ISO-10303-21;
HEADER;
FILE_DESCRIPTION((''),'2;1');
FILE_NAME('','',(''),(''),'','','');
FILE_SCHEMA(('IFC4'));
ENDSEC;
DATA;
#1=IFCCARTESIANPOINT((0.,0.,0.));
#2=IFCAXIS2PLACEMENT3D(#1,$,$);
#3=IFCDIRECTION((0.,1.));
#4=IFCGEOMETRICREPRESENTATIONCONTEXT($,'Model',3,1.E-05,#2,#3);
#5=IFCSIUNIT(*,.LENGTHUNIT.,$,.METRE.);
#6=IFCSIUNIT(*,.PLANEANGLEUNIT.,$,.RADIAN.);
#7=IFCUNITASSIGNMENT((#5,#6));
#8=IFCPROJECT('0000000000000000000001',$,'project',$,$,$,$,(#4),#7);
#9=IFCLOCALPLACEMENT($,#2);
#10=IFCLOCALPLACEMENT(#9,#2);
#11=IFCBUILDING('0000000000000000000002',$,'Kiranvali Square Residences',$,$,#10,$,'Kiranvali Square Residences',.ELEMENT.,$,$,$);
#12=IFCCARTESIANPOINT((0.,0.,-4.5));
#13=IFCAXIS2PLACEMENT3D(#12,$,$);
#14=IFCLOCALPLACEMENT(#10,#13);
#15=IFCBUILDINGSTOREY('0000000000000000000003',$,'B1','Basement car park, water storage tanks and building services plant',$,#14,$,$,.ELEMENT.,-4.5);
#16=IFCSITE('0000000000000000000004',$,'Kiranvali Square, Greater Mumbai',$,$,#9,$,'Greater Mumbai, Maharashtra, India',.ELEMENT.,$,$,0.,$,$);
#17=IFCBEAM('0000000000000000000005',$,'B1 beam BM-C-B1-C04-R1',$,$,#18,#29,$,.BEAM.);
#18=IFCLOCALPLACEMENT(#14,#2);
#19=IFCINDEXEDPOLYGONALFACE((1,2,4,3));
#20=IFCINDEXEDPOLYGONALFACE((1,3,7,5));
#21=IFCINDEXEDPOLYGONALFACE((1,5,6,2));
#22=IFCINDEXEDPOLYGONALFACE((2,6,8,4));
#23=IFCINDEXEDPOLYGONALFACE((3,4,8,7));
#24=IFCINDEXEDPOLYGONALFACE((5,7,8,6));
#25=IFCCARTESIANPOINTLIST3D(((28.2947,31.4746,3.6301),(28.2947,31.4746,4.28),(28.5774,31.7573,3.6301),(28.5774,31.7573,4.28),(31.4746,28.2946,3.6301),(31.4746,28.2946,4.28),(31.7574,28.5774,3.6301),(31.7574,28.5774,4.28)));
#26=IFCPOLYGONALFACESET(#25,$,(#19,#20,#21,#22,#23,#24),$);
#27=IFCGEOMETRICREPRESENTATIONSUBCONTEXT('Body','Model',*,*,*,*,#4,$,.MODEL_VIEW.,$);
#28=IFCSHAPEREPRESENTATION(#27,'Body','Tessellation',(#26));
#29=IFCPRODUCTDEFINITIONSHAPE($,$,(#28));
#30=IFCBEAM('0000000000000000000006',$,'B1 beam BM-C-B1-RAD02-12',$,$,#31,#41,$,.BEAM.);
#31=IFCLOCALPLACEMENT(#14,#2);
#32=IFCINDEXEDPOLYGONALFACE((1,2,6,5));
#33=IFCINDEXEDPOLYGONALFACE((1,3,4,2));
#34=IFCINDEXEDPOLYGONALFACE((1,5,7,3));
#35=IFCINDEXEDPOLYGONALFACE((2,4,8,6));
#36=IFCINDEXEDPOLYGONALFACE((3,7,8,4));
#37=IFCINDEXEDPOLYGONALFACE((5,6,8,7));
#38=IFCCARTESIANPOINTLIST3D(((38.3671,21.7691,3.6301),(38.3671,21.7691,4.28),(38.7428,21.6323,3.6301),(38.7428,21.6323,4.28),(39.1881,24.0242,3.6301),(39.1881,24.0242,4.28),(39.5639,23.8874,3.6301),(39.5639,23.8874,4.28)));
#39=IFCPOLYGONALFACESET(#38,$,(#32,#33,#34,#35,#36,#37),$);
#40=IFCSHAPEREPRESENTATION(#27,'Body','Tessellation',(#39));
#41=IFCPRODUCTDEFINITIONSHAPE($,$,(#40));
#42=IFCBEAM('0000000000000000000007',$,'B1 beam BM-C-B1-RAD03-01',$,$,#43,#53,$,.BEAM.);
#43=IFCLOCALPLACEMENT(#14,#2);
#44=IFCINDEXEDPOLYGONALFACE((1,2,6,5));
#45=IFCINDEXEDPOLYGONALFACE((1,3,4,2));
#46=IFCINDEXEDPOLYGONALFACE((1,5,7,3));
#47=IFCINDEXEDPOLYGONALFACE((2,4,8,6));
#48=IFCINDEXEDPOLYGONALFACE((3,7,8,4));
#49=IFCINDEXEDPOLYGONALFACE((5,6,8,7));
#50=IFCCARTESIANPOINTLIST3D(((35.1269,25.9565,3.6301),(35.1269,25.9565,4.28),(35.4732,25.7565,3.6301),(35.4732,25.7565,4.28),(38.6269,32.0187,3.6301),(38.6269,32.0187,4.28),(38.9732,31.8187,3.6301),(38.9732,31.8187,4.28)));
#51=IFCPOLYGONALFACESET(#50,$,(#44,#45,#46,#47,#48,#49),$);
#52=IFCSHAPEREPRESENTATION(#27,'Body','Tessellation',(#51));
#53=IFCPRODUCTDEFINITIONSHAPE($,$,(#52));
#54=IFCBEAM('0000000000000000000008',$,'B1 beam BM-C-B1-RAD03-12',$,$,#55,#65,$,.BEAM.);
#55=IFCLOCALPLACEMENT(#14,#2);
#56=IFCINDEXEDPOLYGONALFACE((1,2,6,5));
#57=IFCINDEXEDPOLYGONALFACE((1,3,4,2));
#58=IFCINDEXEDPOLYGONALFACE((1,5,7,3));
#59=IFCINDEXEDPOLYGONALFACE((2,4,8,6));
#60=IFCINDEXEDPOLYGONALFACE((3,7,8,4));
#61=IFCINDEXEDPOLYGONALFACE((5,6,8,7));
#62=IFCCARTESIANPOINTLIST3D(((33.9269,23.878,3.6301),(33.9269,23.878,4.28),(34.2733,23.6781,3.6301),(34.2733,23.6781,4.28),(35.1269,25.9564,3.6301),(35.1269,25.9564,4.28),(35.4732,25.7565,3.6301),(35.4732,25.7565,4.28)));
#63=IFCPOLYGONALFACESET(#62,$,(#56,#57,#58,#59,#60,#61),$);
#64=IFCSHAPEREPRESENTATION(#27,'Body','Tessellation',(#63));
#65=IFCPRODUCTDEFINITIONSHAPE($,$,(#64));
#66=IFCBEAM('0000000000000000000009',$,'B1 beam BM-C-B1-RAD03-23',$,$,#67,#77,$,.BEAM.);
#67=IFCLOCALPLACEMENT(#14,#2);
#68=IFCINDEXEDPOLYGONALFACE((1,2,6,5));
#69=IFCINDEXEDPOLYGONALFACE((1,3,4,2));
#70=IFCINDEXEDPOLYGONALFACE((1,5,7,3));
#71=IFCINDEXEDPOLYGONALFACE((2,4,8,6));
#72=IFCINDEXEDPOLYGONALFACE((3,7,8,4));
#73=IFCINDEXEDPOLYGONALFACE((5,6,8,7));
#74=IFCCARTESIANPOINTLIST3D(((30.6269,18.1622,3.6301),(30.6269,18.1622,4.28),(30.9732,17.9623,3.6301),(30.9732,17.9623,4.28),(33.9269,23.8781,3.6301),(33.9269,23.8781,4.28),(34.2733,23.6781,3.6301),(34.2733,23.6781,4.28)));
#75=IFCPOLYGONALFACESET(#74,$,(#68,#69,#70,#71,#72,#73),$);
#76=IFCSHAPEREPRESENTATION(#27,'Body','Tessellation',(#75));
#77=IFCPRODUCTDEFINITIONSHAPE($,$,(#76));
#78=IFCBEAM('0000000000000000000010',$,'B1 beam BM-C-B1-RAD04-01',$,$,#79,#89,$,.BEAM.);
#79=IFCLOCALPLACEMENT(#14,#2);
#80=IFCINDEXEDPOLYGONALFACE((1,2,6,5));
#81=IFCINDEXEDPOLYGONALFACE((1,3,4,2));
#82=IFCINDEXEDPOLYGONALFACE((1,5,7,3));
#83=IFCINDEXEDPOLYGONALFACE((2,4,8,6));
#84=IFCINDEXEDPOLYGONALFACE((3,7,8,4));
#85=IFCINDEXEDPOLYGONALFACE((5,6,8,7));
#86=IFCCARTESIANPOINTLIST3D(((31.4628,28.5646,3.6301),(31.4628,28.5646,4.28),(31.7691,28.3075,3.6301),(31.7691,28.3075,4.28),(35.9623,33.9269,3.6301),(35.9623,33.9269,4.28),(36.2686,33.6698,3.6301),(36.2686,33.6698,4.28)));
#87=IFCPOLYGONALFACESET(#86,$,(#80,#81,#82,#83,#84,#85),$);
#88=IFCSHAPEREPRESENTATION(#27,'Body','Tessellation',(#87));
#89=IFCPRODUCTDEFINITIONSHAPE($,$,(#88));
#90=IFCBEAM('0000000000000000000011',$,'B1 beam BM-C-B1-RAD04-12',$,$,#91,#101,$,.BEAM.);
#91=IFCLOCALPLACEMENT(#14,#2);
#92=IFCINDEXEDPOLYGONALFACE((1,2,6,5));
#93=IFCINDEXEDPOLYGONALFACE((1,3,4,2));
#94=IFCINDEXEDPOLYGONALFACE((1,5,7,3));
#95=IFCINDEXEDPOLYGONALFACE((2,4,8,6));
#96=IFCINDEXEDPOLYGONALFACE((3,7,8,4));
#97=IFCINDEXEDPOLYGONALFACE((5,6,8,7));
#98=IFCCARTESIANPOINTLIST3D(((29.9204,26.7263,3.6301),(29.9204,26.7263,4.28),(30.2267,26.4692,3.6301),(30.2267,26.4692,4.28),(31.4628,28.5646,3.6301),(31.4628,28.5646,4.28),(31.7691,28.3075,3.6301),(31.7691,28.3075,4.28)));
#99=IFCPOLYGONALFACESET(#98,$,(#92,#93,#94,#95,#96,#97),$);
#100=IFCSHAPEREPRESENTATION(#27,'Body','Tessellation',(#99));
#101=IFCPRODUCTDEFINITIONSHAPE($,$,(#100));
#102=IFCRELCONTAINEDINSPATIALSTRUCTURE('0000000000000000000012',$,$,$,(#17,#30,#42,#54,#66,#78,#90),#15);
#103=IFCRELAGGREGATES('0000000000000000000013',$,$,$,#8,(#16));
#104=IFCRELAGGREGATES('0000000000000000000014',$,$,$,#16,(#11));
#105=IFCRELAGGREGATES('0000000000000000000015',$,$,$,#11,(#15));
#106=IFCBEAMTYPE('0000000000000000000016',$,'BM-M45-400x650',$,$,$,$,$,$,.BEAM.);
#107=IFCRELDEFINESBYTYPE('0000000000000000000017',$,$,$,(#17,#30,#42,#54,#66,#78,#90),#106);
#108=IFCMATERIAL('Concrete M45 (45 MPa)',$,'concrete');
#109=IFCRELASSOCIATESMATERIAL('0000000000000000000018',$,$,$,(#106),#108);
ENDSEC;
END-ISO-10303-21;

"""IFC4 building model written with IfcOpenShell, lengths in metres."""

from ifc_helpers import new_model, si_unit, direction, frame, origin, origin_2d, place, context, subcontext, project, spatial, rectangle, extrude, material, material_profile, profile_set, type_object, element, save


model = new_model("IFC4")

# Units and contexts
model_context = context("Model", 3, precision=1e-05, world=origin(), true_north=direction((0.0, 1.0)))
body_context = subcontext(model_context, "Body", "Model", "MODEL_VIEW")
ifc_project = project(units=[si_unit("LENGTHUNIT", "METRE"), si_unit("PLANEANGLEUNIT", "RADIAN")], contexts=[model_context])

# Site, building, storey
site_placement = place(None, origin())
site = spatial("IfcSite", under=ifc_project, at=site_placement, Name="Kiranvali Square, Greater Mumbai", LongName="Greater Mumbai, Maharashtra, India", CompositionType="ELEMENT", RefElevation=0.0)
building_placement = place(site_placement, origin())
building = spatial("IfcBuilding", under=site, at=building_placement, Name="Kiranvali Square Residences", LongName="Kiranvali Square Residences", CompositionType="ELEMENT")
storey_placement = place(building_placement, frame((0.0, 0.0, -4.5)))
storey = spatial("IfcBuildingStorey", under=building, at=storey_placement, Name="B1", Description="Basement car park, water storage tanks and building services plant", CompositionType="ELEMENT", Elevation=-4.5)

# Shared definitions
ifc_material_1 = material(Name="Concrete M45 (45 MPa)", Category="concrete")

# Beams
ifc_material_profile_1 = material_profile(ifc_material_1, rectangle(XDim=0.3999, YDim=0.6499, at=origin_2d()), Name="RC 400x650")
ifc_profile_set_1 = profile_set([ifc_material_profile_1], Name="Concrete M45 (45 MPa)")
beam_type = type_object("IfcBeamType", Name="BM-M45-400x650", PredefinedType="BEAM", material=ifc_profile_set_1)
beam_1_placement = place(storey_placement, frame((31.616, 28.436, 3.9551), z_axis=(-0.707107, 0.707107, 0.0), x_axis=(-0.707107, -0.707107, 0.0)))
element("IfcBeam", 1, at=beam_1_placement, inside=storey, type_object=beam_type, Name="B1 beam BM-C-B1-C04-R1", PredefinedType="BEAM", context=body_context, shape_type="SweptSolid", body=[
    extrude(rectangle(XDim=0.3999, YDim=0.6499, at=origin_2d()), origin(), (0.0, 0.0, 1.0), 4.4971),
])
beam_2_placement = place(storey_placement, frame((39.376, 23.9558, 3.9551), z_axis=(-0.342111, -0.93966, 0.0), x_axis=(0.93966, -0.342111, 0.0)))
element("IfcBeam", 2, at=beam_2_placement, inside=storey, type_object=beam_type, Name="B1 beam BM-C-B1-RAD02-12", PredefinedType="BEAM", context=body_context, shape_type="SweptSolid", body=[
    extrude(rectangle(XDim=0.3999, YDim=0.6499, at=origin_2d()), origin(), (0.0, 0.0, 1.0), 2.3999),
])
beam_3_placement = place(storey_placement, frame((38.8, 31.9187, 3.9551), z_axis=(-0.499995, -0.866028, 0.0), x_axis=(0.866028, -0.499995, 0.0)))
element("IfcBeam", 3, at=beam_3_placement, inside=storey, type_object=beam_type, Name="B1 beam BM-C-B1-RAD03-01", PredefinedType="BEAM", context=body_context, shape_type="SweptSolid", body=[
    extrude(rectangle(XDim=0.3999, YDim=0.6499, at=origin_2d()), origin(), (0.0, 0.0, 1.0), 7.0),
])
beam_4_placement = place(storey_placement, frame((35.3, 25.8564, 3.9551), z_axis=(-0.500001, -0.866025, 0.0), x_axis=(0.866025, -0.500001, 0.0)))
element("IfcBeam", 4, at=beam_4_placement, inside=storey, type_object=beam_type, Name="B1 beam BM-C-B1-RAD03-12", PredefinedType="BEAM", context=body_context, shape_type="SweptSolid", body=[
    extrude(rectangle(XDim=0.3999, YDim=0.6499, at=origin_2d()), origin(), (0.0, 0.0, 1.0), 2.3999),
])
beam_5_placement = place(storey_placement, frame((34.1001, 23.7781, 3.9551), z_axis=(-0.500002, -0.866024, 0.0), x_axis=(0.866024, -0.500002, 0.0)))
element("IfcBeam", 5, at=beam_5_placement, inside=storey, type_object=beam_type, Name="B1 beam BM-C-B1-RAD03-23", PredefinedType="BEAM", context=body_context, shape_type="SweptSolid", body=[
    extrude(rectangle(XDim=0.3999, YDim=0.6499, at=origin_2d()), origin(), (0.0, 0.0, 1.0), 6.6001),
])
beam_6_placement = place(storey_placement, frame((36.1155, 33.7983, 3.9551), z_axis=(-0.642788, -0.766044, 0.0), x_axis=(0.766044, -0.642788, 0.0)))
element("IfcBeam", 6, at=beam_6_placement, inside=storey, type_object=beam_type, Name="B1 beam BM-C-B1-RAD04-01", PredefinedType="BEAM", context=body_context, shape_type="SweptSolid", body=[
    extrude(rectangle(XDim=0.3999, YDim=0.6499, at=origin_2d()), origin(), (0.0, 0.0, 1.0), 7.0),
])
beam_7_placement = place(storey_placement, frame((31.616, 28.436, 3.9551), z_axis=(-0.642763, -0.766065, 0.0), x_axis=(0.766065, -0.642763, 0.0)))
element("IfcBeam", 7, at=beam_7_placement, inside=storey, type_object=beam_type, Name="B1 beam BM-C-B1-RAD04-12", PredefinedType="BEAM", context=body_context, shape_type="SweptSolid", body=[
    extrude(rectangle(XDim=0.3999, YDim=0.6499, at=origin_2d()), origin(), (0.0, 0.0, 1.0), 2.3997),
])

save(model, "model.ifc")
